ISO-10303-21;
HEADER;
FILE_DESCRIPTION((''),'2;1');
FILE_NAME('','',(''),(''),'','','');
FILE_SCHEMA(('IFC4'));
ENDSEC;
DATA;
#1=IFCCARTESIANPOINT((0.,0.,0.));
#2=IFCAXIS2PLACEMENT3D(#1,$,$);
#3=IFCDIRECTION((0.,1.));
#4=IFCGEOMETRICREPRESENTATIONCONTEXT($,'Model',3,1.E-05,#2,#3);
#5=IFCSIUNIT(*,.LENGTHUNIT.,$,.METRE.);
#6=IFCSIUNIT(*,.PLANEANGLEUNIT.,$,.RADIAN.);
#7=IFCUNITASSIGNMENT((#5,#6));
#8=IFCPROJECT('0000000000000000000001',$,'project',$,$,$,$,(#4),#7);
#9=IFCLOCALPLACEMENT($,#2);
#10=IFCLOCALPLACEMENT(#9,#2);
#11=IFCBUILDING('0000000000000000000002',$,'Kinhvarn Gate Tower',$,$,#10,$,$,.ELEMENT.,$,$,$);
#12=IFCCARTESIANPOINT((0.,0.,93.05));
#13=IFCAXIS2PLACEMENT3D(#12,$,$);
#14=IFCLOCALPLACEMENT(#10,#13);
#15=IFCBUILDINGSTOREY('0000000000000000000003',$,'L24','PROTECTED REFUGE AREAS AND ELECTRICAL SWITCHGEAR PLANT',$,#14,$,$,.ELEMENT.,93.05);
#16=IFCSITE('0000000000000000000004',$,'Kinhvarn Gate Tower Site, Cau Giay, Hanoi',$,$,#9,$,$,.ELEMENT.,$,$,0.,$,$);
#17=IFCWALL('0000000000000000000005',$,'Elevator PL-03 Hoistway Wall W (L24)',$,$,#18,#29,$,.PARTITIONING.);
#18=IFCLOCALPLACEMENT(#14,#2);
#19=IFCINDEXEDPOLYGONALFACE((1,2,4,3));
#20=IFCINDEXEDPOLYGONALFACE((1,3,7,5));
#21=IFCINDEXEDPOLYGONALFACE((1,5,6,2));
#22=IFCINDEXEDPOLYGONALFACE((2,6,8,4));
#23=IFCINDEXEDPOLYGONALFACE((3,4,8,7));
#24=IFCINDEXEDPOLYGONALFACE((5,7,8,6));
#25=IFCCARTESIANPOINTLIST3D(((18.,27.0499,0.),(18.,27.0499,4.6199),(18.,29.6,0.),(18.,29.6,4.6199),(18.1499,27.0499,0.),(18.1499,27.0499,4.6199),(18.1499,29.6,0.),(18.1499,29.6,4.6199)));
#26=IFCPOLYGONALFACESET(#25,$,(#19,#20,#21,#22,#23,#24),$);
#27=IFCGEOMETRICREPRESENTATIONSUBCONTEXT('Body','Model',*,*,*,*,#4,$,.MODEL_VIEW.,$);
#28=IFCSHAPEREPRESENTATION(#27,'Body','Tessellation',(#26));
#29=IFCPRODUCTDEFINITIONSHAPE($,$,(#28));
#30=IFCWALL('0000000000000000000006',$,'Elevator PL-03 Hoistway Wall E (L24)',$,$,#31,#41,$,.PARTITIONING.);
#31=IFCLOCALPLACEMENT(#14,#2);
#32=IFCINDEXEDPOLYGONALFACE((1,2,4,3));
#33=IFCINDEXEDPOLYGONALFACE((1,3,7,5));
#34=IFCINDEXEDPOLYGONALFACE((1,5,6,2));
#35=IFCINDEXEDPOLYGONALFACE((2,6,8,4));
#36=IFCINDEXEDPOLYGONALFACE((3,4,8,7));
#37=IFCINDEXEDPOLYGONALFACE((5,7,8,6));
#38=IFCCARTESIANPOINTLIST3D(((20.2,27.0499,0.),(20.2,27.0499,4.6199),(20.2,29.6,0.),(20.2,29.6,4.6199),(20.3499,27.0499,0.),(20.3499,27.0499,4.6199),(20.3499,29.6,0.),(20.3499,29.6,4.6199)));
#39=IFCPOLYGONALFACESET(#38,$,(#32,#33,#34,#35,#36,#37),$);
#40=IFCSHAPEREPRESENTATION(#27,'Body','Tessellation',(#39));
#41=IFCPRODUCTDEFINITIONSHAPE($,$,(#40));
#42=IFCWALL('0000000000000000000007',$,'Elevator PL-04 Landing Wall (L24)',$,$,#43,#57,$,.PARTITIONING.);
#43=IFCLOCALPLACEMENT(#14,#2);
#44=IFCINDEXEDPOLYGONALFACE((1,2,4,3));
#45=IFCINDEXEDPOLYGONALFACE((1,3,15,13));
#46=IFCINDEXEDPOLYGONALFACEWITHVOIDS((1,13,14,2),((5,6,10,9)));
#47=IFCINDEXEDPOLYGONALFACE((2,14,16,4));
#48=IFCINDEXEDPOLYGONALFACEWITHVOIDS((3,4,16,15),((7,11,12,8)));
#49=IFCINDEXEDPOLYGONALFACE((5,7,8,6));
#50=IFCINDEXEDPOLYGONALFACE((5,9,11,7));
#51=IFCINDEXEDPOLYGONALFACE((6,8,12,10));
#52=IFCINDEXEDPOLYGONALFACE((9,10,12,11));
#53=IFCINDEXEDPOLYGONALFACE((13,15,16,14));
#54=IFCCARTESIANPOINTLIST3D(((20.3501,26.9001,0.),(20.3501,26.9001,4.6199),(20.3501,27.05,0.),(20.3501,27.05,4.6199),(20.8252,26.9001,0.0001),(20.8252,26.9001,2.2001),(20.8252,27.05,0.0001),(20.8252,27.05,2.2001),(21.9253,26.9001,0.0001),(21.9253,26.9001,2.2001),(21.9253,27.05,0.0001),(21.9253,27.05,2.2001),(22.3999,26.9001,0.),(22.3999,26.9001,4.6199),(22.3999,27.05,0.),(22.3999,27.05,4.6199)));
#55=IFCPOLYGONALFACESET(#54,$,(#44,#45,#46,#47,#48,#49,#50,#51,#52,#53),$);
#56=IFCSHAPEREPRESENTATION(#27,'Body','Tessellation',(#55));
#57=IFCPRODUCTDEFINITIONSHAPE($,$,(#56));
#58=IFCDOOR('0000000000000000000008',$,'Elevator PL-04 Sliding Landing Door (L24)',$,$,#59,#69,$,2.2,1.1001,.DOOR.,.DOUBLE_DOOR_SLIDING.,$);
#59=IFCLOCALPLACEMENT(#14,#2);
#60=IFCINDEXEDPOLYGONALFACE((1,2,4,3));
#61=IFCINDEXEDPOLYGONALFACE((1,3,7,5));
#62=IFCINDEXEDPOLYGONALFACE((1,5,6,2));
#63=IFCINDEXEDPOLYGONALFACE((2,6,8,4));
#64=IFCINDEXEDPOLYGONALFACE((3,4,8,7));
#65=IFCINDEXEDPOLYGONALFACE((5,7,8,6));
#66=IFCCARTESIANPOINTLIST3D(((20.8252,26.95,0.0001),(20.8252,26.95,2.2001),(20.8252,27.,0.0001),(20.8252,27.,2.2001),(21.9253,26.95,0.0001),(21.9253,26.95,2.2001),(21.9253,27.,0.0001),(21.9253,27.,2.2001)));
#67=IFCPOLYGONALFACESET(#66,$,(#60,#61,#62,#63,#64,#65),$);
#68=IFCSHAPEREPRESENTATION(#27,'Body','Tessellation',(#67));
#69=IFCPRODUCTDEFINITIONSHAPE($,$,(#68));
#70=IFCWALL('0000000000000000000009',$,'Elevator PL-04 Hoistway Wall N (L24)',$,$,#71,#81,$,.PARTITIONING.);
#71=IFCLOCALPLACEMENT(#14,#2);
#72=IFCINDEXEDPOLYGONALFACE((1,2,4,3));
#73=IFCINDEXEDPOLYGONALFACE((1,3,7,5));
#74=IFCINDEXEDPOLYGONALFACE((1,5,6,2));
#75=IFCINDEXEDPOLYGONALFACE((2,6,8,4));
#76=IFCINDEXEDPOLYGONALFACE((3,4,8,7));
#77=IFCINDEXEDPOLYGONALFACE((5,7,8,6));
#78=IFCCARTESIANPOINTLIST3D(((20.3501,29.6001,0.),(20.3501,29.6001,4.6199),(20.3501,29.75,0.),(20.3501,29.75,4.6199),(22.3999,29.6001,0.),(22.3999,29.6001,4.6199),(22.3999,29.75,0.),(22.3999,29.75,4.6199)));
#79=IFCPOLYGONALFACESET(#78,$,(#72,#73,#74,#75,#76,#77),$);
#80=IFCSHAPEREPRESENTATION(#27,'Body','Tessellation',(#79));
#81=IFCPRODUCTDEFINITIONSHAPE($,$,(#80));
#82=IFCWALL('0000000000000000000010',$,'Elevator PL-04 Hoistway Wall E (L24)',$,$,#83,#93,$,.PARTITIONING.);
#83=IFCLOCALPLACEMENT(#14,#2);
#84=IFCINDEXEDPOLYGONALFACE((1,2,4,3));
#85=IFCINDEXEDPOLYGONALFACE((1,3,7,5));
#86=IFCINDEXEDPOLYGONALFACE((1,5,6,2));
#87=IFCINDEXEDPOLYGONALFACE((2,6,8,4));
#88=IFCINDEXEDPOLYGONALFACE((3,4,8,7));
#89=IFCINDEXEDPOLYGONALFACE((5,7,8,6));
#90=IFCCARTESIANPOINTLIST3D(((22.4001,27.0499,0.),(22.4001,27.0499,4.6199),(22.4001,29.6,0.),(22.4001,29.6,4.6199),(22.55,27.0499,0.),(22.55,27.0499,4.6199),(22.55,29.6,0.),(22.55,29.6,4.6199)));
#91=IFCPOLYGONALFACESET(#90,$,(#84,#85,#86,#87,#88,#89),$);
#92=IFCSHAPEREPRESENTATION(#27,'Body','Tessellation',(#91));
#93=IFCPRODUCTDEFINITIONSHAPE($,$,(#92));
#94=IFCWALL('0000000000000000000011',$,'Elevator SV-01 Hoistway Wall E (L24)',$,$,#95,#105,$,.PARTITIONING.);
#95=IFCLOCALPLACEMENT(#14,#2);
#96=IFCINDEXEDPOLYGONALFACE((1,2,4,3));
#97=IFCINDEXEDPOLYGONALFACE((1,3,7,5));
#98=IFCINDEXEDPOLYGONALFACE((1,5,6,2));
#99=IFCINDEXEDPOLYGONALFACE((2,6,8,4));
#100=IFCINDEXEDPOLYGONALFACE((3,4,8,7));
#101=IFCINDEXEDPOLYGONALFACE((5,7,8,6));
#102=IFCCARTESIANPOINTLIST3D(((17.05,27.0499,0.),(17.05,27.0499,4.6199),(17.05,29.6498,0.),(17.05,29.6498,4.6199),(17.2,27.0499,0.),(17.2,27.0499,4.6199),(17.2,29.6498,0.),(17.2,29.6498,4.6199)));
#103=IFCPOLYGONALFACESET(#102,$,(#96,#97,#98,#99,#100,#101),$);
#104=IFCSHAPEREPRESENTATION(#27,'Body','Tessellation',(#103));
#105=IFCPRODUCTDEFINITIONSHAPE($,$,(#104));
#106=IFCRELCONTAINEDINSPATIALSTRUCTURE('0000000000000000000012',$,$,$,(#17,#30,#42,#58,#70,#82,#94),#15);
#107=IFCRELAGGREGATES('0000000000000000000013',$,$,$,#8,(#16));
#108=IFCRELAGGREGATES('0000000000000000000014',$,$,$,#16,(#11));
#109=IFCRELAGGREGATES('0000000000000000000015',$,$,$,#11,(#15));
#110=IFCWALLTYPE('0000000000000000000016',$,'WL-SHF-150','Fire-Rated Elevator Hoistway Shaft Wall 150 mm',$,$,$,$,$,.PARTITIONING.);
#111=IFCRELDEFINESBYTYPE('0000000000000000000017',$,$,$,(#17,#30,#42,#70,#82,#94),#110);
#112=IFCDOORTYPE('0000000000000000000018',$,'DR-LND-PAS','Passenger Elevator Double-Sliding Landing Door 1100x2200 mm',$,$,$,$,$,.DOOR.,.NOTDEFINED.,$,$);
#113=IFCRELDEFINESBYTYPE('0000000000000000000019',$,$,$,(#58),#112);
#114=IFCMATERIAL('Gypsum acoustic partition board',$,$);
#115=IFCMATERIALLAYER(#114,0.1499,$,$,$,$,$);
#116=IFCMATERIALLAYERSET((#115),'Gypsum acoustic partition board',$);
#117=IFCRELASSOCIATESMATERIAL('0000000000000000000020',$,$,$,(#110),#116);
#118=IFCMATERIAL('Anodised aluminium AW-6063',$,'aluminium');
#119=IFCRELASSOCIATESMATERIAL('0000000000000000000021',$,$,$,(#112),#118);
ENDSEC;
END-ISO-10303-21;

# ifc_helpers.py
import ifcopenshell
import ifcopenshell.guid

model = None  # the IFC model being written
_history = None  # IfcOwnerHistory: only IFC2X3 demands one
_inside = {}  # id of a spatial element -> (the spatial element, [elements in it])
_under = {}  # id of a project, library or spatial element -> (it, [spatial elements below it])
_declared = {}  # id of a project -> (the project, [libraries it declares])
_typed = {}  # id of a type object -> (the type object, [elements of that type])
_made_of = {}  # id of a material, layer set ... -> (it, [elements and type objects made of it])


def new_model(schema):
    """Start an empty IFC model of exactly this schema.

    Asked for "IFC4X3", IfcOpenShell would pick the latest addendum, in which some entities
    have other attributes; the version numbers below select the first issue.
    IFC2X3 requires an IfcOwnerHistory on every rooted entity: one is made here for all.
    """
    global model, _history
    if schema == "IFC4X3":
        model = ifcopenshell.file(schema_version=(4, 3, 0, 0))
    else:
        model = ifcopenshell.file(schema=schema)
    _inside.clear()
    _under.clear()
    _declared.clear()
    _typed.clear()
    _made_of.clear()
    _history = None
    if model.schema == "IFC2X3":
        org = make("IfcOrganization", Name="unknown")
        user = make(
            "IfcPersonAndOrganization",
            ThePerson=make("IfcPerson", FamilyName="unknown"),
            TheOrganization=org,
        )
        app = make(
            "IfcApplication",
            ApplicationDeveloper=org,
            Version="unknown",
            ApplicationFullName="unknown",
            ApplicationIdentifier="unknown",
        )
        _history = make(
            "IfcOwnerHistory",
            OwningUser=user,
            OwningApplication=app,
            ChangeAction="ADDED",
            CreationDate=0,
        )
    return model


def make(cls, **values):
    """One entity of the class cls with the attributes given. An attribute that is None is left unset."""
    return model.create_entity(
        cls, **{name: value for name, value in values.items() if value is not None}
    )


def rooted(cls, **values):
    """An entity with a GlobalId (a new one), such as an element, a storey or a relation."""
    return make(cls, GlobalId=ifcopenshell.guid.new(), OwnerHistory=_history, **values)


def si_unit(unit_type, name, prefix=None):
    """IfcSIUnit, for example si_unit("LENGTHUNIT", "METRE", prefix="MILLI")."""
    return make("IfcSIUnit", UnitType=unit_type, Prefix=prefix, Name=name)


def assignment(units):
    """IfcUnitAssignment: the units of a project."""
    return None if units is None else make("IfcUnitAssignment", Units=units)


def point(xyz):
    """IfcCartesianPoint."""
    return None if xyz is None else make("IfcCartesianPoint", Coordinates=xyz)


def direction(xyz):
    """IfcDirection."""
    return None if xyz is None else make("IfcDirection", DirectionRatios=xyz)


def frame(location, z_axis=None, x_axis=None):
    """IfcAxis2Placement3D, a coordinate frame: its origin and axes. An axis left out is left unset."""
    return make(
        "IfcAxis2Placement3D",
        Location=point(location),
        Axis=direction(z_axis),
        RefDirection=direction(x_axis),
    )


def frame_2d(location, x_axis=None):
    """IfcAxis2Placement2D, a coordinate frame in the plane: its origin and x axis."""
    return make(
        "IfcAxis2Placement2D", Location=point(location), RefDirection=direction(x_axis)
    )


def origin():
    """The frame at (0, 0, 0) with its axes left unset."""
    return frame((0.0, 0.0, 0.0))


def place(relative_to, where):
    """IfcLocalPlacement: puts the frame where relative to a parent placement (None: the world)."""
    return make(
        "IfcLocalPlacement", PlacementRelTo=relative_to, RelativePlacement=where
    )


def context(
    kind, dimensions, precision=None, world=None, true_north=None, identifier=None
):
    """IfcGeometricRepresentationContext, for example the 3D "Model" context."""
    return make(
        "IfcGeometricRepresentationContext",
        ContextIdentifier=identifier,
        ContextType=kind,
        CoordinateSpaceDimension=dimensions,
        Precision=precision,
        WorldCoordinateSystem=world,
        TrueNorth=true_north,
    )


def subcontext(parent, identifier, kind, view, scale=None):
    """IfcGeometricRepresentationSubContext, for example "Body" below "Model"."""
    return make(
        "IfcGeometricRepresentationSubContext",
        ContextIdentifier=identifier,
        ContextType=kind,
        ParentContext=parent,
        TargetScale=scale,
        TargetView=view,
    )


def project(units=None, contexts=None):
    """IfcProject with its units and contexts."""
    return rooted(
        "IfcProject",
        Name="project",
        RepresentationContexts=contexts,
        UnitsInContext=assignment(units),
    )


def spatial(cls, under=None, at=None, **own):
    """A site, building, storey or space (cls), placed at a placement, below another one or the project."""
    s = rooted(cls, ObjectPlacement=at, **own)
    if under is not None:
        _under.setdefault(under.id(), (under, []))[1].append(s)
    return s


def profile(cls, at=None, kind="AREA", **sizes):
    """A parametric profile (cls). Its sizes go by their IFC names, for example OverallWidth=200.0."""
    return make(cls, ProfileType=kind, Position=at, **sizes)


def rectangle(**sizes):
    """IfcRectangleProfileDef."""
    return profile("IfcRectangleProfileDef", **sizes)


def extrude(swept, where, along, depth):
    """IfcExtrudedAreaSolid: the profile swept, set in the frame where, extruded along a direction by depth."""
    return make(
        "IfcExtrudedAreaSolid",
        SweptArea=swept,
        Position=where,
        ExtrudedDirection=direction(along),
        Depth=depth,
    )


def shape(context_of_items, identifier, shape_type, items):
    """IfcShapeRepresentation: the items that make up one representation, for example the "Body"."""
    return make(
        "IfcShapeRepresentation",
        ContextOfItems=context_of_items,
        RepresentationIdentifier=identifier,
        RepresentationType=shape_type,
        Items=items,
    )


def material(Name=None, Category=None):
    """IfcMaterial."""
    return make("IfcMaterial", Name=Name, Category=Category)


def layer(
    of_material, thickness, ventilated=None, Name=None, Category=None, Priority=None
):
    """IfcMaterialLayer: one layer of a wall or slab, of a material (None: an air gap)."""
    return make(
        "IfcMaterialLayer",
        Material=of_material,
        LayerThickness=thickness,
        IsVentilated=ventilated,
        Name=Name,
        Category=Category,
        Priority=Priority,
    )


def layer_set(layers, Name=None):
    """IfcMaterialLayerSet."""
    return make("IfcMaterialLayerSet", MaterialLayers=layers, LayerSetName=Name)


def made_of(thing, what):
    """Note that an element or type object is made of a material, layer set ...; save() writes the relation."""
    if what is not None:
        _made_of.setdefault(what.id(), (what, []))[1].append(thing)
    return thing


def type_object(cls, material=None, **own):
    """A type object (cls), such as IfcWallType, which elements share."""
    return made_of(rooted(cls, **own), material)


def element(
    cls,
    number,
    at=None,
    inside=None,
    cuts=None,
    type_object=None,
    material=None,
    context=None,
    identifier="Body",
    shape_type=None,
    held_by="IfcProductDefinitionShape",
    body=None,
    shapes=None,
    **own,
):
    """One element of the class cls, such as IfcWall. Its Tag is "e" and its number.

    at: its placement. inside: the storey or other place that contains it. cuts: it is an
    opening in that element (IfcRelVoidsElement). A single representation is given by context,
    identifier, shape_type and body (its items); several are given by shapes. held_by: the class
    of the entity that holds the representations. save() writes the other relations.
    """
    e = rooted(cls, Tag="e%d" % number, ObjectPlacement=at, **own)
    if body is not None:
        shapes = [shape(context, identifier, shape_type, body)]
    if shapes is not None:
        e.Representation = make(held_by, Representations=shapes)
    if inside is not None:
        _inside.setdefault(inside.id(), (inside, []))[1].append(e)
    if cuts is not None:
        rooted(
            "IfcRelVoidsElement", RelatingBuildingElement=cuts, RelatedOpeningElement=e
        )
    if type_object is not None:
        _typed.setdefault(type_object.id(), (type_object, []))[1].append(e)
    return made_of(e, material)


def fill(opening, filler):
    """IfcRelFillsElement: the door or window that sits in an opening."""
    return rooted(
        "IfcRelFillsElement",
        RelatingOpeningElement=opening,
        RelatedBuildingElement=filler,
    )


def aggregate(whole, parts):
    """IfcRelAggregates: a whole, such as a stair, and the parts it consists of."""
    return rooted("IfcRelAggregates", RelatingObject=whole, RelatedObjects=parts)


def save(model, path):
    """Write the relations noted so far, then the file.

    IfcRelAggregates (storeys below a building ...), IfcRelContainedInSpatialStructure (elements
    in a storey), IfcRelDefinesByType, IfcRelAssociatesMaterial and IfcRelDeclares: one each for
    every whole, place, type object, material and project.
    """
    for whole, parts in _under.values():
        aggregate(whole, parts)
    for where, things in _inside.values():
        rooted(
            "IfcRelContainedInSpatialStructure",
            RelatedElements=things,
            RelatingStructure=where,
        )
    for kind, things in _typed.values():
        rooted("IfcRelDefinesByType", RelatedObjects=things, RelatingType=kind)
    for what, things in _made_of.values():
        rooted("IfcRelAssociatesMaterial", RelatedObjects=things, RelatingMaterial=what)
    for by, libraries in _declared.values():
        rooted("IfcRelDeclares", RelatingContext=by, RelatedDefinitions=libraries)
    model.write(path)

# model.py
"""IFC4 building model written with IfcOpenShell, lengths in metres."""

from ifc_helpers import new_model, si_unit, direction, frame, frame_2d, origin, place, context, subcontext, project, spatial, rectangle, extrude, material, layer, layer_set, type_object, element, fill, save


model = new_model("IFC4")

# Units and contexts
model_context = context("Model", 3, precision=1e-05, world=origin(), true_north=direction((0.0, 1.0)))
body_context = subcontext(model_context, "Body", "Model", "MODEL_VIEW")
ifc_project = project(units=[si_unit("LENGTHUNIT", "METRE"), si_unit("PLANEANGLEUNIT", "RADIAN")], contexts=[model_context])

# Site, building, storey
site_placement = place(None, origin())
site = spatial("IfcSite", under=ifc_project, at=site_placement, Name="Kinhvarn Gate Tower Site, Cau Giay, Hanoi", CompositionType="ELEMENT", RefElevation=0.0)
building_placement = place(site_placement, origin())
building = spatial("IfcBuilding", under=site, at=building_placement, Name="Kinhvarn Gate Tower", CompositionType="ELEMENT")
storey_placement = place(building_placement, frame((0.0, 0.0, 93.05)))
storey = spatial("IfcBuildingStorey", under=building, at=storey_placement, Name="L24", Description="PROTECTED REFUGE AREAS AND ELECTRICAL SWITCHGEAR PLANT", CompositionType="ELEMENT", Elevation=93.05)

# Shared definitions
ifc_material_1 = material(Name="Anodised aluminium AW-6063", Category="aluminium")
ifc_material_2 = material(Name="Gypsum acoustic partition board")
ifc_layer_1 = layer(ifc_material_2, 0.1499)
ifc_layer_set_1 = layer_set([ifc_layer_1], Name="Gypsum acoustic partition board")
wall_type_1 = type_object("IfcWallType", Name="WL-SHF-150", Description="Fire-Rated Elevator Hoistway Shaft Wall 150 mm", PredefinedType="PARTITIONING", material=ifc_layer_set_1)
door_type_1 = type_object("IfcDoorType", Name="DR-LND-PAS", Description="Passenger Elevator Double-Sliding Landing Door 1100x2200 mm", OperationType="NOTDEFINED", PredefinedType="DOOR", material=ifc_material_1)

# Walls
for number, where, z_axis, x_axis, name in (
    (1, (18.075, 27.05, 0.0), (0.0, 0.0, 1.0), (0.0, 1.0, 0.0), "Elevator PL-03 Hoistway Wall W (L24)"),
    (2, (20.2749, 27.05, 0.0), (0.0, 0.0, 1.0), (0.0, 1.0, 0.0), "Elevator PL-03 Hoistway Wall E (L24)"),
):
    element("IfcWall", number, at=place(storey_placement, frame(where, z_axis=z_axis, x_axis=x_axis)), inside=storey, type_object=wall_type_1, Name=name, PredefinedType="PARTITIONING", context=body_context, shape_type="SweptSolid", body=[
        extrude(rectangle(XDim=2.55, YDim=0.1499, at=frame_2d((1.2749, 0.0))), origin(), (0.0, 0.0, 1.0), 4.6199),
    ])

# Wall, opening, door
wall_1_placement = place(storey_placement, frame((20.3501, 26.9751, 0.0), z_axis=(0.0, 0.0, 1.0), x_axis=(1.0, 0.0, 0.0)))
wall_1 = element("IfcWall", 3, at=wall_1_placement, inside=storey, type_object=wall_type_1, Name="Elevator PL-04 Landing Wall (L24)", PredefinedType="PARTITIONING", context=body_context, shape_type="SweptSolid", body=[
    extrude(rectangle(XDim=2.0498, YDim=0.1499, at=frame_2d((1.0249, 0.0))), origin(), (0.0, 0.0, 1.0), 4.6199),
])
opening_1_placement = place(wall_1_placement, frame((0.4751, 0.0, 0.0)))
opening_1 = element("IfcOpeningElement", 4, at=opening_1_placement, cuts=wall_1, PredefinedType="OPENING", context=body_context, shape_type="SweptSolid", body=[
    extrude(rectangle(XDim=1.1001, YDim=2.2, at=frame_2d((0.55, 1.1001))), frame((0.0, 0.085, 0.0), z_axis=(0.0, -1.0, 0.0), x_axis=(1.0, 0.0, 0.0)), (0.0, 0.0, 1.0), 0.1699),
])
door_1_placement = place(opening_1_placement, origin())
door_1 = element("IfcDoor", 5, at=door_1_placement, inside=storey, type_object=door_type_1, Name="Elevator PL-04 Sliding Landing Door (L24)", OperationType="DOUBLE_DOOR_SLIDING", OverallHeight=2.2, OverallWidth=1.1001, PredefinedType="DOOR", context=body_context, shape_type="SweptSolid", body=[
    extrude(rectangle(XDim=1.1001, YDim=2.2, at=frame_2d((0.55, 1.1001))), frame((0.0, 0.0249, 0.0), z_axis=(0.0, -1.0, 0.0), x_axis=(1.0, 0.0, 0.0)), (0.0, 0.0, 1.0), 0.05),
])
fill(opening_1, door_1)

# Walls
wall_2_placement = place(storey_placement, frame((20.3501, 29.675, 0.0), z_axis=(0.0, 0.0, 1.0), x_axis=(1.0, 0.0, 0.0)))
element("IfcWall", 6, at=wall_2_placement, inside=storey, type_object=wall_type_1, Name="Elevator PL-04 Hoistway Wall N (L24)", PredefinedType="PARTITIONING", context=body_context, shape_type="SweptSolid", body=[
    extrude(rectangle(XDim=2.0498, YDim=0.1499, at=frame_2d((1.0249, 0.0))), origin(), (0.0, 0.0, 1.0), 4.6199),
])
wall_3_placement = place(storey_placement, frame((22.4751, 27.05, 0.0), z_axis=(0.0, 0.0, 1.0), x_axis=(0.0, 1.0, 0.0)))
element("IfcWall", 7, at=wall_3_placement, inside=storey, type_object=wall_type_1, Name="Elevator PL-04 Hoistway Wall E (L24)", PredefinedType="PARTITIONING", context=body_context, shape_type="SweptSolid", body=[
    extrude(rectangle(XDim=2.55, YDim=0.1499, at=frame_2d((1.2749, 0.0))), origin(), (0.0, 0.0, 1.0), 4.6199),
])
wall_4_placement = place(storey_placement, frame((17.125, 27.05, 0.0), z_axis=(0.0, 0.0, 1.0), x_axis=(0.0, 1.0, 0.0)))
element("IfcWall", 8, at=wall_4_placement, inside=storey, type_object=wall_type_1, Name="Elevator SV-01 Hoistway Wall E (L24)", PredefinedType="PARTITIONING", context=body_context, shape_type="SweptSolid", body=[
    extrude(rectangle(XDim=2.5999, YDim=0.1499, at=frame_2d((1.2998, 0.0))), origin(), (0.0, 0.0, 1.0), 4.6199),
])

save(model, "model.ifc")
